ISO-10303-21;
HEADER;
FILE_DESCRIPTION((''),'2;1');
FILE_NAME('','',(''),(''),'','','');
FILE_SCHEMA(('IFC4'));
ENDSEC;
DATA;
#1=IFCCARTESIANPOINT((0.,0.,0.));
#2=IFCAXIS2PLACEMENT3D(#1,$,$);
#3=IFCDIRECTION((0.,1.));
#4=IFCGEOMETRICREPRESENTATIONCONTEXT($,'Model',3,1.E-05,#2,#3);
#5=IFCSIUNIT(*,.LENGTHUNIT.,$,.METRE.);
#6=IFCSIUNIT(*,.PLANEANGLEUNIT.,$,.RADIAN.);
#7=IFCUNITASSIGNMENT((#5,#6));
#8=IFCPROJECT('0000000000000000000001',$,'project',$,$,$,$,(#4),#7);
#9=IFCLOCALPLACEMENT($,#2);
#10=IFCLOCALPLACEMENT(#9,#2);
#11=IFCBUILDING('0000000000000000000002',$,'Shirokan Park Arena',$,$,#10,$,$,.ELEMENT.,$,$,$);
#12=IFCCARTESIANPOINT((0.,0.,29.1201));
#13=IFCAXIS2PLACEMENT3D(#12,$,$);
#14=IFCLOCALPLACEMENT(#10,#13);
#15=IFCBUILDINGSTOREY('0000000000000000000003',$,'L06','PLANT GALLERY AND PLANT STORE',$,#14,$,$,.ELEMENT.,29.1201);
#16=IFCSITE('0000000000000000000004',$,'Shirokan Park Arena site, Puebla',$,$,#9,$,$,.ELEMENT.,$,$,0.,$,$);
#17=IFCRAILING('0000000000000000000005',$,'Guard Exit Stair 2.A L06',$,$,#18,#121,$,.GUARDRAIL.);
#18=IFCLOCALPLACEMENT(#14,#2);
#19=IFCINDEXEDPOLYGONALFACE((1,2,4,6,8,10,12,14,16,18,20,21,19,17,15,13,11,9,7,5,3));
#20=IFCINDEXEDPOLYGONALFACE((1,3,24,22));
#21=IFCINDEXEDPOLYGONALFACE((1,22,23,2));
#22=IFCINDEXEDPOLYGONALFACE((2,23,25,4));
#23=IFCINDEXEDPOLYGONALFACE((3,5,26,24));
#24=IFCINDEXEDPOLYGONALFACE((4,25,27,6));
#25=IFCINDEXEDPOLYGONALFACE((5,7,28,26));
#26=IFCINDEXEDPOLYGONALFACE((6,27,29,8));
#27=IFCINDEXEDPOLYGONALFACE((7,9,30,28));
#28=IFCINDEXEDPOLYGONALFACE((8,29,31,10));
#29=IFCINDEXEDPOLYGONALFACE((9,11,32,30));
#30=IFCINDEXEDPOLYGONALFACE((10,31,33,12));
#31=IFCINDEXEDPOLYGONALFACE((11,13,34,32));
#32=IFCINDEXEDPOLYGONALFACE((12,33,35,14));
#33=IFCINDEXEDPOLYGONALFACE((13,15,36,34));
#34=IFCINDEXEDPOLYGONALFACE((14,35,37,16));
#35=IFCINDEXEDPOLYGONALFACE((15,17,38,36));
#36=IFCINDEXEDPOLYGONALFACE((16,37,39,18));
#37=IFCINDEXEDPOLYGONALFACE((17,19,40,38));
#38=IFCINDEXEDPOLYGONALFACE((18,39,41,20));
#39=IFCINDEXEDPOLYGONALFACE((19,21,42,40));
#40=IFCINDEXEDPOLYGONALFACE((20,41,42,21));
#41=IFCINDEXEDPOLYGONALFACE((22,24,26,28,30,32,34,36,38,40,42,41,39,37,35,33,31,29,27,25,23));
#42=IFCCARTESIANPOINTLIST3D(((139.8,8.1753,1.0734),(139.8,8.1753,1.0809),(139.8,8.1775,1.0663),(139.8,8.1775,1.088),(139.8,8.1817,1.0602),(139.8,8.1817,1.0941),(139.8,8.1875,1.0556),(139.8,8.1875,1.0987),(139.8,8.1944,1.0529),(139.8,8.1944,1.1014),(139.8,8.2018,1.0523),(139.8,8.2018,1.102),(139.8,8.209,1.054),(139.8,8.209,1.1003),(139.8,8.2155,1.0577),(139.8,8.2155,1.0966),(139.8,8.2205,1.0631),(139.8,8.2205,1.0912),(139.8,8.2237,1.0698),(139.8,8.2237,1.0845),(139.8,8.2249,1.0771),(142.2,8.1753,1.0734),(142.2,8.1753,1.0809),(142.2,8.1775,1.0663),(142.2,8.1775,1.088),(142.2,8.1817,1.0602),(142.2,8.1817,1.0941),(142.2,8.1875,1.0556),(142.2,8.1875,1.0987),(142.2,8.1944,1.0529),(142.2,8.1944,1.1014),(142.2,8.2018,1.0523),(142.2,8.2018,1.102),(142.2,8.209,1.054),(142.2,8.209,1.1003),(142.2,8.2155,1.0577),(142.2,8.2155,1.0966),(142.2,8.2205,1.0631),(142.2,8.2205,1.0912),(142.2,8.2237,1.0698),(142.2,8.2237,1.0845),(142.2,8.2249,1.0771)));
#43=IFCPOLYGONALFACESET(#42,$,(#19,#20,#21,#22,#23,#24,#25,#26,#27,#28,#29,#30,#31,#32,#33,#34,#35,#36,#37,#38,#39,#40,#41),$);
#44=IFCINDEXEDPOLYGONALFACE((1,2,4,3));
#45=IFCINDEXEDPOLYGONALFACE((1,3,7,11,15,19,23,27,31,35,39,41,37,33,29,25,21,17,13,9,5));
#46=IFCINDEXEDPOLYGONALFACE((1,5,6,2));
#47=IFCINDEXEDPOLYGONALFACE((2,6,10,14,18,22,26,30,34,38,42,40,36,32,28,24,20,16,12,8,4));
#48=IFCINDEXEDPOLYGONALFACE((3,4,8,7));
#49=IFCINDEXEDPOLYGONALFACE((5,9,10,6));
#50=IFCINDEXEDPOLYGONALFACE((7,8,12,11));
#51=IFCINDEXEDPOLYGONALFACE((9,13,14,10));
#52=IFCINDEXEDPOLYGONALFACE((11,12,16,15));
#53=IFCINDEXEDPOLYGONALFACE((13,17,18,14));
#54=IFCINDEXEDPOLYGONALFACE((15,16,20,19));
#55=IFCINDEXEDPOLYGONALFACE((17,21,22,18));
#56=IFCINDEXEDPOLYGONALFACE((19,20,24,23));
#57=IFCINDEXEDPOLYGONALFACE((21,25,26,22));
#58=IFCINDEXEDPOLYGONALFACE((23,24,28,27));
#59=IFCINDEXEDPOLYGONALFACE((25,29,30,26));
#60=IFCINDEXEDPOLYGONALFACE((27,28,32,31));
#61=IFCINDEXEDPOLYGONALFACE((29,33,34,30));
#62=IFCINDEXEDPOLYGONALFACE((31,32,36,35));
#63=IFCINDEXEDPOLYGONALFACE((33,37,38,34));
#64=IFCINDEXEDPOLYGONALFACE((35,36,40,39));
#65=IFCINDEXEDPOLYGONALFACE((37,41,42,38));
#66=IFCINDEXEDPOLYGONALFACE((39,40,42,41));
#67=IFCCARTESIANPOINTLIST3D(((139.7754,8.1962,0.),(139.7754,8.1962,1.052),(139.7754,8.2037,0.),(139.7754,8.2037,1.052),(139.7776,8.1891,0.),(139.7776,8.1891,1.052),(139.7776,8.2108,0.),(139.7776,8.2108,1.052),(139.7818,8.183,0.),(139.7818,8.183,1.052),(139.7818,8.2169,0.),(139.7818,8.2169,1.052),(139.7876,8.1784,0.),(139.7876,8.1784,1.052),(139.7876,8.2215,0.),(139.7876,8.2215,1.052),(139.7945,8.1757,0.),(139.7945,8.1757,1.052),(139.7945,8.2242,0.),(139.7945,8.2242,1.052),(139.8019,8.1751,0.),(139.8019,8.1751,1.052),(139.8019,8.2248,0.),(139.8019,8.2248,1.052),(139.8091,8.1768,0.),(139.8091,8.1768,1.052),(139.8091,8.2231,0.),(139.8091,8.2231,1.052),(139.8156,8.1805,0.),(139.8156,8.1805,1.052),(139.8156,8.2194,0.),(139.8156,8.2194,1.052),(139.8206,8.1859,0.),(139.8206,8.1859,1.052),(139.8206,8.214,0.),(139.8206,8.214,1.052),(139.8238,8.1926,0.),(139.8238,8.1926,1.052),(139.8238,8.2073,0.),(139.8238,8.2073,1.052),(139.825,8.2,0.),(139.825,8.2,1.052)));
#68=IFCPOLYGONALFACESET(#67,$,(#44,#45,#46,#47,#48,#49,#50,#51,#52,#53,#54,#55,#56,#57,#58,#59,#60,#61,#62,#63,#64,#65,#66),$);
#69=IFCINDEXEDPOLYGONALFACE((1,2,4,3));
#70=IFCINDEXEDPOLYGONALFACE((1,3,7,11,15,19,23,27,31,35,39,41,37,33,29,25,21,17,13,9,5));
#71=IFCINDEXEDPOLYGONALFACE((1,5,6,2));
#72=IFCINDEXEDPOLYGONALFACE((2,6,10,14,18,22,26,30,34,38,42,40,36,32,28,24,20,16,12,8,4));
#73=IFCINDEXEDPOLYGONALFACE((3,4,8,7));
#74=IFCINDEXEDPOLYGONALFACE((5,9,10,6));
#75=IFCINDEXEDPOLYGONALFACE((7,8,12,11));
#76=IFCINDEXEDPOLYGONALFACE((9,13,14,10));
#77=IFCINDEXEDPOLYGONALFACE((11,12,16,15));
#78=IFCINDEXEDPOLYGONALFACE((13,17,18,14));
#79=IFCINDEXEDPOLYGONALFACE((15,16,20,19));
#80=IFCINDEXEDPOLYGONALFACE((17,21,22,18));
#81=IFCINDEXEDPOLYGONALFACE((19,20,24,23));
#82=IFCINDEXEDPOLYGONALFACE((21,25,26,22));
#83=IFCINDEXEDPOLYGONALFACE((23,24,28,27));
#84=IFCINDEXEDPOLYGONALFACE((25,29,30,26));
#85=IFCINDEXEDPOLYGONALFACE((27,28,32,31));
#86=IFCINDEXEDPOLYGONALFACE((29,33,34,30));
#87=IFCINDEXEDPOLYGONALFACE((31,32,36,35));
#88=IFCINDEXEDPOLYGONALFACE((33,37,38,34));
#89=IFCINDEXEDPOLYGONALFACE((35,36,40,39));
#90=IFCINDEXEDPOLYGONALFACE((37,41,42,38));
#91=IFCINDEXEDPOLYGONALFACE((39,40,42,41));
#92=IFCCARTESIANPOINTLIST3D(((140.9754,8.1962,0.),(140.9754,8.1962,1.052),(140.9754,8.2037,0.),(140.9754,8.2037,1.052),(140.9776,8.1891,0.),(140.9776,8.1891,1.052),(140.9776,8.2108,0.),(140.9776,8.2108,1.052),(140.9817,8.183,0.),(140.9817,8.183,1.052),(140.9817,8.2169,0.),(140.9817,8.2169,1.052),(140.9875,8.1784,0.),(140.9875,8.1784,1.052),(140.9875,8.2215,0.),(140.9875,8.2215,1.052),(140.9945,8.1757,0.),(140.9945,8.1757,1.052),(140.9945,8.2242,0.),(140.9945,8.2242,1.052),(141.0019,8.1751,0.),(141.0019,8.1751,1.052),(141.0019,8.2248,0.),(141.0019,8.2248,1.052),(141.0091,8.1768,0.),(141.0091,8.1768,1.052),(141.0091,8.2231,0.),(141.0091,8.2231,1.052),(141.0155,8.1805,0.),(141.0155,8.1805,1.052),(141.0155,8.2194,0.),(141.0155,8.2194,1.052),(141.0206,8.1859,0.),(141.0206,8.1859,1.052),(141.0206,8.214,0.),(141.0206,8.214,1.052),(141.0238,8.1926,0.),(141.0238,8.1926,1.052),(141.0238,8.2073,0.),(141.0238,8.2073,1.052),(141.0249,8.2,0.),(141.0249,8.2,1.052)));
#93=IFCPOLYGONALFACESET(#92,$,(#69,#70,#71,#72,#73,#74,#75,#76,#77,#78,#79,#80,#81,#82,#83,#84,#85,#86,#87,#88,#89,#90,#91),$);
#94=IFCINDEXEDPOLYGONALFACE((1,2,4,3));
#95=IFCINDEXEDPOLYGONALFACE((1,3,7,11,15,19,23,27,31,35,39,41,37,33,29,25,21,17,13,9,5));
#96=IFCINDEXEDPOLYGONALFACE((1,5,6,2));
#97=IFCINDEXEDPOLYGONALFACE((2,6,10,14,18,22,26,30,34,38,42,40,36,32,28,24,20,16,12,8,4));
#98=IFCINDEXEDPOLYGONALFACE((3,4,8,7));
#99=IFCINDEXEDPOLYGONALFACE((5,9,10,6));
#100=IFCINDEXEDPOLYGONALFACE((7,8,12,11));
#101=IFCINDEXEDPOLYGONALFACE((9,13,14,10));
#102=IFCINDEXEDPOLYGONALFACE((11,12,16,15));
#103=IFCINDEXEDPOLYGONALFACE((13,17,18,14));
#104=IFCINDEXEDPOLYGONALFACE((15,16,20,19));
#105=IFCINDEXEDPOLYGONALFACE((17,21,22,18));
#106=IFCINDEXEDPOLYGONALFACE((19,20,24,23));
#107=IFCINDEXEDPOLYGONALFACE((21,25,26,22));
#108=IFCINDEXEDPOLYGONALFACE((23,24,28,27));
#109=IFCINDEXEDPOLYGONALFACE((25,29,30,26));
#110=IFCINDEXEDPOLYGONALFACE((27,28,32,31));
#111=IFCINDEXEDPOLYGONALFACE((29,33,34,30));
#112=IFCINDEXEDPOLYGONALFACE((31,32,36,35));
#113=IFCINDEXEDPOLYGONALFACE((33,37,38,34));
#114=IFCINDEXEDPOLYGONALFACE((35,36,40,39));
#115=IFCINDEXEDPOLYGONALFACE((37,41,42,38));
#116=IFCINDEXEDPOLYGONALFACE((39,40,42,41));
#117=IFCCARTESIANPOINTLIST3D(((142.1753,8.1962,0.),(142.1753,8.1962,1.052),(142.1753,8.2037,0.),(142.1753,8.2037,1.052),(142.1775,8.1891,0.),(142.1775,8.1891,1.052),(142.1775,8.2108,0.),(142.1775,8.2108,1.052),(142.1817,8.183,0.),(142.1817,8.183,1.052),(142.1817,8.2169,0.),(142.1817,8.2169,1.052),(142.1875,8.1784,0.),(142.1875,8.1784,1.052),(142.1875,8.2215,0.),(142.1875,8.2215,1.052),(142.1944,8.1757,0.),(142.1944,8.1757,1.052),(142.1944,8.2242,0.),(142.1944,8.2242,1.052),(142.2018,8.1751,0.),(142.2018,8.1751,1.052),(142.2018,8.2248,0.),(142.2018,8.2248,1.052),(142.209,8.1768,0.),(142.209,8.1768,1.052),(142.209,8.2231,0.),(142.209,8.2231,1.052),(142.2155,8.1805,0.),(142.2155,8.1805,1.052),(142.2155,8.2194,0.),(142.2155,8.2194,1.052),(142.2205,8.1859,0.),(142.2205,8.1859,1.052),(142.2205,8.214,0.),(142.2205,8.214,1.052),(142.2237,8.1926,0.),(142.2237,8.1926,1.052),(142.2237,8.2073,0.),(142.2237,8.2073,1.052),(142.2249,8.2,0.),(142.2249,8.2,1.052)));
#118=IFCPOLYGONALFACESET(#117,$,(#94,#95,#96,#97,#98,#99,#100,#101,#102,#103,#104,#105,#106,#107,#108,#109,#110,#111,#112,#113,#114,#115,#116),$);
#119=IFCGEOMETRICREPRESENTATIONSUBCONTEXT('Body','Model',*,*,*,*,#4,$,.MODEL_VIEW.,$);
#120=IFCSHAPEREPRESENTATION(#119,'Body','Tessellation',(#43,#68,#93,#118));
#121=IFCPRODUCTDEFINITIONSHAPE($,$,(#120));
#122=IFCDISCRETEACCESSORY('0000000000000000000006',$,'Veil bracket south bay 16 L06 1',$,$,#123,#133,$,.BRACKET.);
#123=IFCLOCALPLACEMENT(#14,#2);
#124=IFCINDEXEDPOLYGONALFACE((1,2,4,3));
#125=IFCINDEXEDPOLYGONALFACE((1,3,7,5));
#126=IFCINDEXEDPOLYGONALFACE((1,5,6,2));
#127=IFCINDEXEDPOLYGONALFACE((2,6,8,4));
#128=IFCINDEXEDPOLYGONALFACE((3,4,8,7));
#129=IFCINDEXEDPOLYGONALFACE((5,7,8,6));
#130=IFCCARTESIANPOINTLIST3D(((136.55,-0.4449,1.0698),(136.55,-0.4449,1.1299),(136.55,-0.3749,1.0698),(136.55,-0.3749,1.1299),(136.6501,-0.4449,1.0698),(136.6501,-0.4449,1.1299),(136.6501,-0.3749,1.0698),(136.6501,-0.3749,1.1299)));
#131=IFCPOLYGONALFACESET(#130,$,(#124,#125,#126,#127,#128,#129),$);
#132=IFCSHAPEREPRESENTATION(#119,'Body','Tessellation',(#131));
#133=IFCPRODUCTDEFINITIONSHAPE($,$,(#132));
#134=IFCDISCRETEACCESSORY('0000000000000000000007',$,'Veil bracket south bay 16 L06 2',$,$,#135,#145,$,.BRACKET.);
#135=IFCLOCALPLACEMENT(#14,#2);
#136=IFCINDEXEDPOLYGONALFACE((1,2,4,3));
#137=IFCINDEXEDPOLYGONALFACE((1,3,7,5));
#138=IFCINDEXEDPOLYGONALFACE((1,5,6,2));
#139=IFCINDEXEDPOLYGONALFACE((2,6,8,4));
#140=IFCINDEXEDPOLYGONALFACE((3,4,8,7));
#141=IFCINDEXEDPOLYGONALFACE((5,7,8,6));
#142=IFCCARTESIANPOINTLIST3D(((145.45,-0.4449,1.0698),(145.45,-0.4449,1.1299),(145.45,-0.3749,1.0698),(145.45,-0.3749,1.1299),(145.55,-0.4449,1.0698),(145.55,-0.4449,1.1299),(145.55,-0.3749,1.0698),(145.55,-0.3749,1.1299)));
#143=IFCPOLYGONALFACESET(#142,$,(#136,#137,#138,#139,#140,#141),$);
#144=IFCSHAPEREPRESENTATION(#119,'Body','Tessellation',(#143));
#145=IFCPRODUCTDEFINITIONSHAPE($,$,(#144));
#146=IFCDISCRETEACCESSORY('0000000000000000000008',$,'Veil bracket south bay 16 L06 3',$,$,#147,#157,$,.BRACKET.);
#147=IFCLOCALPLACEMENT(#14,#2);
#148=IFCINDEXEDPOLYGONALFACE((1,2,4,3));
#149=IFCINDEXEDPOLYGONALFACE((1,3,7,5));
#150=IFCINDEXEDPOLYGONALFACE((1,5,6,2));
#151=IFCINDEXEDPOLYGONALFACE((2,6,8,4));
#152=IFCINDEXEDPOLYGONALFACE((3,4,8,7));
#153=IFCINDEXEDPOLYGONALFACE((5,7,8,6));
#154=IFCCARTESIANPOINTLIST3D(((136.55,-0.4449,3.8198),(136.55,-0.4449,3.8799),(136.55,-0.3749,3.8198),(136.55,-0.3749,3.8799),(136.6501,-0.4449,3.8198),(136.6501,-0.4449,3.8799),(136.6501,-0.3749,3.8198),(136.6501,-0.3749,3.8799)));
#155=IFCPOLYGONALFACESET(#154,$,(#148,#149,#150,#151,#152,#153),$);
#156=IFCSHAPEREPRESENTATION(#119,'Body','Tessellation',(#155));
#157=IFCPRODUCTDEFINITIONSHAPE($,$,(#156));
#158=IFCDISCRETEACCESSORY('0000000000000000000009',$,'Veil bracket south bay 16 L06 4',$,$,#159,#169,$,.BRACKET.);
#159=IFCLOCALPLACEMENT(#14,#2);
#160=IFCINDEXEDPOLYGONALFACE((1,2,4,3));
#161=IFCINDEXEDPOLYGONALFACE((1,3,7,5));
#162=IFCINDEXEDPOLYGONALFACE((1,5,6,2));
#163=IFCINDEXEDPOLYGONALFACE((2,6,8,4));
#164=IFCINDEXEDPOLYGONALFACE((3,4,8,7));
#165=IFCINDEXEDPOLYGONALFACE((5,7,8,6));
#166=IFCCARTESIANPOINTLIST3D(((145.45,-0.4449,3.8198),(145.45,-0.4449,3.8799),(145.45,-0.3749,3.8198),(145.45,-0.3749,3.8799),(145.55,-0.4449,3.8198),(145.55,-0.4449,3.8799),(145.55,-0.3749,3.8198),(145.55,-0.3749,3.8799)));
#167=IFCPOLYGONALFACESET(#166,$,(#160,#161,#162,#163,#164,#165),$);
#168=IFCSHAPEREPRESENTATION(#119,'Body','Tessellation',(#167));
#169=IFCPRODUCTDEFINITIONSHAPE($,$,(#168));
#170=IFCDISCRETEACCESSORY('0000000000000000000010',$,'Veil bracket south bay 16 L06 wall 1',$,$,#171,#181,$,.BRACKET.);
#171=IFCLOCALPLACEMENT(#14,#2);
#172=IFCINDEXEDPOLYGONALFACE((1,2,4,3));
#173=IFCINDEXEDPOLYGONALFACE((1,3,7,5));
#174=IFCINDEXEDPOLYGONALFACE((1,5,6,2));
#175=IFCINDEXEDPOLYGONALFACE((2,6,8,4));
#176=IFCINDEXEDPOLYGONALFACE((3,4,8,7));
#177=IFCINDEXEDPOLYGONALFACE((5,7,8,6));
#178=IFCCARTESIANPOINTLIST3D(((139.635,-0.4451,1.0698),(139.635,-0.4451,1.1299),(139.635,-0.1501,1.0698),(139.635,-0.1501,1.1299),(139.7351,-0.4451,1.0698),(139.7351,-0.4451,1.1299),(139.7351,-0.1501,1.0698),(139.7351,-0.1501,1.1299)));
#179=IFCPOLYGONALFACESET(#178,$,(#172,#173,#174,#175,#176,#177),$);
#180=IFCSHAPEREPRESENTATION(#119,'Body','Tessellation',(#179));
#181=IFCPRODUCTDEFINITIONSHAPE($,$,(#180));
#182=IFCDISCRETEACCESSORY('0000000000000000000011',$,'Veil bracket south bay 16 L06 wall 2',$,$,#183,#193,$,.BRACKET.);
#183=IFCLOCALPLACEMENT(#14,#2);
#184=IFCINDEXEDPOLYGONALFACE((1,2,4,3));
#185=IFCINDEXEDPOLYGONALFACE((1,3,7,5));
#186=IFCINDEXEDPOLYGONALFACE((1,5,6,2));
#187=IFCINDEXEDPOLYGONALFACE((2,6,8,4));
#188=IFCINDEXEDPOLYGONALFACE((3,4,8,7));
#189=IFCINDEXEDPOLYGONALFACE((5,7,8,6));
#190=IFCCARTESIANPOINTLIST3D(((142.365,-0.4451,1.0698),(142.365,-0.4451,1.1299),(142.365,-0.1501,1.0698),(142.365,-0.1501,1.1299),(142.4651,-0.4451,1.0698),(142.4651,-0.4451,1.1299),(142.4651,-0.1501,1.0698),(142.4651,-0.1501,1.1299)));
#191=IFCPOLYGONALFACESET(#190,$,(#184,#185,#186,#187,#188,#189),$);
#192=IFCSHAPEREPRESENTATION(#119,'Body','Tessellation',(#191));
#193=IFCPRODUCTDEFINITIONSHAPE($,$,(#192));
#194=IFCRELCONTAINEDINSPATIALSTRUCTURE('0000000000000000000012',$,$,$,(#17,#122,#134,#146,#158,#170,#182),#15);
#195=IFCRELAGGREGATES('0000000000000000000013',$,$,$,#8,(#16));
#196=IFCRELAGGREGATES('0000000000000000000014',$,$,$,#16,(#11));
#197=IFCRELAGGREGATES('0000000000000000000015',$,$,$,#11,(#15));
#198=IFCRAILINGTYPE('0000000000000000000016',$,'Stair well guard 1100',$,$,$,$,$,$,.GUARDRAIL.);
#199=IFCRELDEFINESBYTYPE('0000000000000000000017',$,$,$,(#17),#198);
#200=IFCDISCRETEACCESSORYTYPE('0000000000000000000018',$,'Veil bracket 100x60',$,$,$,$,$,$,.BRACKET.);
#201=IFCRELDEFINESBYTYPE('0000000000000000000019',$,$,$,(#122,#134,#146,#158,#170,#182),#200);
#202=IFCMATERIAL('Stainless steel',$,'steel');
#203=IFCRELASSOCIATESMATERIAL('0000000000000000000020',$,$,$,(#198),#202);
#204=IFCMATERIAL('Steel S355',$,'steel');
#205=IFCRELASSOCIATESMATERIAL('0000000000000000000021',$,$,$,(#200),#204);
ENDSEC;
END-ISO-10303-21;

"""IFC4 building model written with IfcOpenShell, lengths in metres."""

from ifc_helpers import new_model, si_unit, direction, frame, origin, origin_2d, place, context, subcontext, project, spatial, rectangle, circle, extrude, material, type_object, element, save


model = new_model("IFC4")

# Units and contexts
model_context = context("Model", 3, precision=1e-05, world=origin(), true_north=direction((0.0, 1.0)))
body_context = subcontext(model_context, "Body", "Model", "MODEL_VIEW")
ifc_project = project(units=[si_unit("LENGTHUNIT", "METRE"), si_unit("PLANEANGLEUNIT", "RADIAN")], contexts=[model_context])

# Site, building, storey
site_placement = place(None, origin())
site = spatial("IfcSite", under=ifc_project, at=site_placement, Name="Shirokan Park Arena site, Puebla", CompositionType="ELEMENT", RefElevation=0.0)
building_placement = place(site_placement, origin())
building = spatial("IfcBuilding", under=site, at=building_placement, Name="Shirokan Park Arena", CompositionType="ELEMENT")
storey_placement = place(building_placement, frame((0.0, 0.0, 29.1201)))
storey = spatial("IfcBuildingStorey", under=building, at=storey_placement, Name="L06", Description="PLANT GALLERY AND PLANT STORE", CompositionType="ELEMENT", Elevation=29.1201)

# Railing
ifc_material_1 = material(Name="Stainless steel", Category="steel")
railing_type = type_object("IfcRailingType", Name="Stair well guard 1100", PredefinedType="GUARDRAIL", material=ifc_material_1)
railing_placement = place(storey_placement, frame((139.8, 8.2, 0.0)))
element("IfcRailing", 1, at=railing_placement, inside=storey, type_object=railing_type, Name="Guard Exit Stair 2.A L06", PredefinedType="GUARDRAIL", context=body_context, shape_type="SweptSolid", body=[
    extrude(circle(Radius=0.0249, at=origin_2d()), frame((0.0, 0.0, 1.0771), z_axis=(1.0, 0.0, 0.0), x_axis=(0.0, 1.0, 0.0)), (0.0, 0.0, 1.0), 2.3999),
    extrude(circle(Radius=0.0249, at=origin_2d()), origin(), (0.0, 0.0, 1.0), 1.052),
    extrude(circle(Radius=0.0249, at=origin_2d()), frame((1.2, 0.0, 0.0)), (0.0, 0.0, 1.0), 1.052),
    extrude(circle(Radius=0.0249, at=origin_2d()), frame((2.3999, 0.0, 0.0)), (0.0, 0.0, 1.0), 1.052),
])

# Discrete accessories
ifc_material_2 = material(Name="Steel S355", Category="steel")
discrete_accessory_type = type_object("IfcDiscreteAccessoryType", Name="Veil bracket 100x60", PredefinedType="BRACKET", material=ifc_material_2)
for number, where, z_axis, x_axis, name in (
    (2, (136.6001, -0.4099, 1.0698), (0.0, 0.0, 1.0), (1.0, 0.0, 0.0), "Veil bracket south bay 16 L06 1"),
    (3, (145.5, -0.4099, 1.0698), (0.0, 0.0, 1.0), (1.0, 0.0, 0.0), "Veil bracket south bay 16 L06 2"),
    (4, (136.6001, -0.4099, 3.8198), (0.0, 0.0, 1.0), (1.0, 0.0, 0.0), "Veil bracket south bay 16 L06 3"),
    (5, (145.5, -0.4099, 3.8198), (0.0, 0.0, 1.0), (1.0, 0.0, 0.0), "Veil bracket south bay 16 L06 4"),
):
    element("IfcDiscreteAccessory", number, at=place(storey_placement, frame(where, z_axis=z_axis, x_axis=x_axis)), inside=storey, type_object=discrete_accessory_type, Name=name, PredefinedType="BRACKET", context=body_context, shape_type="SweptSolid", body=[
        extrude(rectangle(XDim=0.1001, YDim=0.0701, at=origin_2d()), origin(), (0.0, 0.0, 1.0), 0.0601),
    ])
for number, where, z_axis, x_axis, name in (
    (6, (139.6851, -0.2976, 1.0698), (0.0, 0.0, 1.0), (1.0, 0.0, 0.0), "Veil bracket south bay 16 L06 wall 1"),
    (7, (142.415, -0.2976, 1.0698), (0.0, 0.0, 1.0), (1.0, 0.0, 0.0), "Veil bracket south bay 16 L06 wall 2"),
):
    element("IfcDiscreteAccessory", number, at=place(storey_placement, frame(where, z_axis=z_axis, x_axis=x_axis)), inside=storey, type_object=discrete_accessory_type, Name=name, PredefinedType="BRACKET", context=body_context, shape_type="SweptSolid", body=[
        extrude(rectangle(XDim=0.1001, YDim=0.2949, at=origin_2d()), origin(), (0.0, 0.0, 1.0), 0.0601),
    ])

save(model, "model.ifc")
